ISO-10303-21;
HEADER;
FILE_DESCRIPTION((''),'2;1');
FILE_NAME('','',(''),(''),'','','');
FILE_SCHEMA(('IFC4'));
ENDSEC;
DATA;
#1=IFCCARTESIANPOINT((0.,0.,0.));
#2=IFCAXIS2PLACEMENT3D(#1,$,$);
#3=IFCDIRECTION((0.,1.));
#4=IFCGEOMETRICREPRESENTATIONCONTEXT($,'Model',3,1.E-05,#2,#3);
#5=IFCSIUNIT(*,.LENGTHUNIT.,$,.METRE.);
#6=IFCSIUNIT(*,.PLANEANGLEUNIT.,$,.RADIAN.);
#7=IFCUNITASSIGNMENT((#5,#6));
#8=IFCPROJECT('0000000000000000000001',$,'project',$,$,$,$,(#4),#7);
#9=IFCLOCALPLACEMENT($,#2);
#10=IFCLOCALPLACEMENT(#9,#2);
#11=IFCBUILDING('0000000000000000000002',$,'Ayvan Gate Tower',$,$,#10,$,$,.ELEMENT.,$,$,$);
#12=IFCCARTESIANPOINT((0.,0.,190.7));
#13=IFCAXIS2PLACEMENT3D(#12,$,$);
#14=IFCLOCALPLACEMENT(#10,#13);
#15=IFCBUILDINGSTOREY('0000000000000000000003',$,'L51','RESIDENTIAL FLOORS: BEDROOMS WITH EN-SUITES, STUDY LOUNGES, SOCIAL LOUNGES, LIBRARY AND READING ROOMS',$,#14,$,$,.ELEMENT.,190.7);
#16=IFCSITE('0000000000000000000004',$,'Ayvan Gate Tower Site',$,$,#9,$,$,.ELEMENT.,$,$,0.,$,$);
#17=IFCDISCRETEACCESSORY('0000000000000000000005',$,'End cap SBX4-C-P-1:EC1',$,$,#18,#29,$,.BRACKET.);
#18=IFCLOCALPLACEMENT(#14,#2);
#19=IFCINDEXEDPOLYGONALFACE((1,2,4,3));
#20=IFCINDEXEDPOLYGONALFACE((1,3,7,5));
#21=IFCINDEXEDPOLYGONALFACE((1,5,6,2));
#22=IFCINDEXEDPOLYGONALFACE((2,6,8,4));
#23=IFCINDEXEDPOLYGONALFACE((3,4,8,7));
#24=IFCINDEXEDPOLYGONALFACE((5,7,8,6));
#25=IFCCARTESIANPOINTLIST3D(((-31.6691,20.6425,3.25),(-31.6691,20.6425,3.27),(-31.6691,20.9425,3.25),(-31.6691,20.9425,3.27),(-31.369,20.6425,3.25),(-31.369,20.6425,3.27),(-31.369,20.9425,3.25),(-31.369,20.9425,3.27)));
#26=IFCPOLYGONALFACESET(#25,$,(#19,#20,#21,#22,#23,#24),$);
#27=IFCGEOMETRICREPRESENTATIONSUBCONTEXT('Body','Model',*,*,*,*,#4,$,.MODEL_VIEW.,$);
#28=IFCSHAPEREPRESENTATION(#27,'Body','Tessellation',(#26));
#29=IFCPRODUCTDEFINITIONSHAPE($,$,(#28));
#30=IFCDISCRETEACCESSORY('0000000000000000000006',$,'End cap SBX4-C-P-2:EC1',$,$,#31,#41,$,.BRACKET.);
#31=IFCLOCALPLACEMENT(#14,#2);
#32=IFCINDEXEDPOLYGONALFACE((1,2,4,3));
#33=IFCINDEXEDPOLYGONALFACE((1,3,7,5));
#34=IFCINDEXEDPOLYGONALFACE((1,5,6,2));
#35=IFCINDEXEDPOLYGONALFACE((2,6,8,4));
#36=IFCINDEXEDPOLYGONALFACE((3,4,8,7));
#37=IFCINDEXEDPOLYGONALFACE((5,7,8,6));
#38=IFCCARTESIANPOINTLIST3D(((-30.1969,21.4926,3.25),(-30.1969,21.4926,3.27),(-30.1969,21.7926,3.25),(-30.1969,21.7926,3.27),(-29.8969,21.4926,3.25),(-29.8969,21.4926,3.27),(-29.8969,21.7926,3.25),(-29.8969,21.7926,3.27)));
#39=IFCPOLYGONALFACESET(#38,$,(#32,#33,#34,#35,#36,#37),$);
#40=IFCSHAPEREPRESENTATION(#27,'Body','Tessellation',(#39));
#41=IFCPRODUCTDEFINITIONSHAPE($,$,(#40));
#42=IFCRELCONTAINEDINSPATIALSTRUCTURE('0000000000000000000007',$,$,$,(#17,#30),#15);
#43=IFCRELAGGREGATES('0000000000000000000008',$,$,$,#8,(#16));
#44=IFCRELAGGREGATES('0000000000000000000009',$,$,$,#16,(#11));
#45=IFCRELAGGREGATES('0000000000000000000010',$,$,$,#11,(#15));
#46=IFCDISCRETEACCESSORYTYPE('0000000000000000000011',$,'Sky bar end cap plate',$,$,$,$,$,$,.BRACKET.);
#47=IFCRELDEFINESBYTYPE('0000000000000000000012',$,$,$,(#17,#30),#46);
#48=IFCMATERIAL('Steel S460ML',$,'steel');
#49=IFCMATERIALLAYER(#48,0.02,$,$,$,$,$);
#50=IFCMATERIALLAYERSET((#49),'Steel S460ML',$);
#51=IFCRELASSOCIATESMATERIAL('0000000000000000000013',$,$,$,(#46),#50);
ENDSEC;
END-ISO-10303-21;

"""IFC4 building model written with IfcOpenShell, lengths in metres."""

from ifc_helpers import new_model, si_unit, direction, frame, origin, origin_2d, place, context, subcontext, project, spatial, rectangle, extrude, material, layer, layer_set, type_object, element, save


model = new_model("IFC4")

# Units and contexts
model_context = context("Model", 3, precision=1e-05, world=origin(), true_north=direction((0.0, 1.0)))
body_context = subcontext(model_context, "Body", "Model", "MODEL_VIEW")
ifc_project = project(units=[si_unit("LENGTHUNIT", "METRE"), si_unit("PLANEANGLEUNIT", "RADIAN")], contexts=[model_context])

# Site, building, storey
site_placement = place(None, origin())
site = spatial("IfcSite", under=ifc_project, at=site_placement, Name="Ayvan Gate Tower Site", CompositionType="ELEMENT", RefElevation=0.0)
building_placement = place(site_placement, origin())
building = spatial("IfcBuilding", under=site, at=building_placement, Name="Ayvan Gate Tower", CompositionType="ELEMENT")
storey_placement = place(building_placement, frame((0.0, 0.0, 190.7)))
storey = spatial("IfcBuildingStorey", under=building, at=storey_placement, Name="L51", Description="RESIDENTIAL FLOORS: BEDROOMS WITH EN-SUITES, STUDY LOUNGES, SOCIAL LOUNGES, LIBRARY AND READING ROOMS", CompositionType="ELEMENT", Elevation=190.7)

# Discrete accessories
ifc_material_1 = material(Name="Steel S460ML", Category="steel")
ifc_layer_1 = layer(ifc_material_1, 0.02)
ifc_layer_set_1 = layer_set([ifc_layer_1], Name="Steel S460ML")
discrete_accessory_type_1 = type_object("IfcDiscreteAccessoryType", Name="Sky bar end cap plate", PredefinedType="BRACKET", material=ifc_layer_set_1)
for number, where, z_axis, x_axis, name in (
    (1, (-31.519, 20.7925, 3.25), (0.0, 0.0, 1.0), (1.0, 0.0, 0.0), "End cap SBX4-C-P-1:EC1"),
    (2, (-30.0469, 21.6426, 3.25), (0.0, 0.0, 1.0), (1.0, 0.0, 0.0), "End cap SBX4-C-P-2:EC1"),
):
    element("IfcDiscreteAccessory", number, at=place(storey_placement, frame(where, z_axis=z_axis, x_axis=x_axis)), inside=storey, type_object=discrete_accessory_type_1, Name=name, PredefinedType="BRACKET", context=body_context, shape_type="SweptSolid", body=[
        extrude(rectangle(XDim=0.3, YDim=0.3, at=origin_2d()), origin(), (0.0, 0.0, 1.0), 0.02),
    ])

save(model, "model.ifc")
